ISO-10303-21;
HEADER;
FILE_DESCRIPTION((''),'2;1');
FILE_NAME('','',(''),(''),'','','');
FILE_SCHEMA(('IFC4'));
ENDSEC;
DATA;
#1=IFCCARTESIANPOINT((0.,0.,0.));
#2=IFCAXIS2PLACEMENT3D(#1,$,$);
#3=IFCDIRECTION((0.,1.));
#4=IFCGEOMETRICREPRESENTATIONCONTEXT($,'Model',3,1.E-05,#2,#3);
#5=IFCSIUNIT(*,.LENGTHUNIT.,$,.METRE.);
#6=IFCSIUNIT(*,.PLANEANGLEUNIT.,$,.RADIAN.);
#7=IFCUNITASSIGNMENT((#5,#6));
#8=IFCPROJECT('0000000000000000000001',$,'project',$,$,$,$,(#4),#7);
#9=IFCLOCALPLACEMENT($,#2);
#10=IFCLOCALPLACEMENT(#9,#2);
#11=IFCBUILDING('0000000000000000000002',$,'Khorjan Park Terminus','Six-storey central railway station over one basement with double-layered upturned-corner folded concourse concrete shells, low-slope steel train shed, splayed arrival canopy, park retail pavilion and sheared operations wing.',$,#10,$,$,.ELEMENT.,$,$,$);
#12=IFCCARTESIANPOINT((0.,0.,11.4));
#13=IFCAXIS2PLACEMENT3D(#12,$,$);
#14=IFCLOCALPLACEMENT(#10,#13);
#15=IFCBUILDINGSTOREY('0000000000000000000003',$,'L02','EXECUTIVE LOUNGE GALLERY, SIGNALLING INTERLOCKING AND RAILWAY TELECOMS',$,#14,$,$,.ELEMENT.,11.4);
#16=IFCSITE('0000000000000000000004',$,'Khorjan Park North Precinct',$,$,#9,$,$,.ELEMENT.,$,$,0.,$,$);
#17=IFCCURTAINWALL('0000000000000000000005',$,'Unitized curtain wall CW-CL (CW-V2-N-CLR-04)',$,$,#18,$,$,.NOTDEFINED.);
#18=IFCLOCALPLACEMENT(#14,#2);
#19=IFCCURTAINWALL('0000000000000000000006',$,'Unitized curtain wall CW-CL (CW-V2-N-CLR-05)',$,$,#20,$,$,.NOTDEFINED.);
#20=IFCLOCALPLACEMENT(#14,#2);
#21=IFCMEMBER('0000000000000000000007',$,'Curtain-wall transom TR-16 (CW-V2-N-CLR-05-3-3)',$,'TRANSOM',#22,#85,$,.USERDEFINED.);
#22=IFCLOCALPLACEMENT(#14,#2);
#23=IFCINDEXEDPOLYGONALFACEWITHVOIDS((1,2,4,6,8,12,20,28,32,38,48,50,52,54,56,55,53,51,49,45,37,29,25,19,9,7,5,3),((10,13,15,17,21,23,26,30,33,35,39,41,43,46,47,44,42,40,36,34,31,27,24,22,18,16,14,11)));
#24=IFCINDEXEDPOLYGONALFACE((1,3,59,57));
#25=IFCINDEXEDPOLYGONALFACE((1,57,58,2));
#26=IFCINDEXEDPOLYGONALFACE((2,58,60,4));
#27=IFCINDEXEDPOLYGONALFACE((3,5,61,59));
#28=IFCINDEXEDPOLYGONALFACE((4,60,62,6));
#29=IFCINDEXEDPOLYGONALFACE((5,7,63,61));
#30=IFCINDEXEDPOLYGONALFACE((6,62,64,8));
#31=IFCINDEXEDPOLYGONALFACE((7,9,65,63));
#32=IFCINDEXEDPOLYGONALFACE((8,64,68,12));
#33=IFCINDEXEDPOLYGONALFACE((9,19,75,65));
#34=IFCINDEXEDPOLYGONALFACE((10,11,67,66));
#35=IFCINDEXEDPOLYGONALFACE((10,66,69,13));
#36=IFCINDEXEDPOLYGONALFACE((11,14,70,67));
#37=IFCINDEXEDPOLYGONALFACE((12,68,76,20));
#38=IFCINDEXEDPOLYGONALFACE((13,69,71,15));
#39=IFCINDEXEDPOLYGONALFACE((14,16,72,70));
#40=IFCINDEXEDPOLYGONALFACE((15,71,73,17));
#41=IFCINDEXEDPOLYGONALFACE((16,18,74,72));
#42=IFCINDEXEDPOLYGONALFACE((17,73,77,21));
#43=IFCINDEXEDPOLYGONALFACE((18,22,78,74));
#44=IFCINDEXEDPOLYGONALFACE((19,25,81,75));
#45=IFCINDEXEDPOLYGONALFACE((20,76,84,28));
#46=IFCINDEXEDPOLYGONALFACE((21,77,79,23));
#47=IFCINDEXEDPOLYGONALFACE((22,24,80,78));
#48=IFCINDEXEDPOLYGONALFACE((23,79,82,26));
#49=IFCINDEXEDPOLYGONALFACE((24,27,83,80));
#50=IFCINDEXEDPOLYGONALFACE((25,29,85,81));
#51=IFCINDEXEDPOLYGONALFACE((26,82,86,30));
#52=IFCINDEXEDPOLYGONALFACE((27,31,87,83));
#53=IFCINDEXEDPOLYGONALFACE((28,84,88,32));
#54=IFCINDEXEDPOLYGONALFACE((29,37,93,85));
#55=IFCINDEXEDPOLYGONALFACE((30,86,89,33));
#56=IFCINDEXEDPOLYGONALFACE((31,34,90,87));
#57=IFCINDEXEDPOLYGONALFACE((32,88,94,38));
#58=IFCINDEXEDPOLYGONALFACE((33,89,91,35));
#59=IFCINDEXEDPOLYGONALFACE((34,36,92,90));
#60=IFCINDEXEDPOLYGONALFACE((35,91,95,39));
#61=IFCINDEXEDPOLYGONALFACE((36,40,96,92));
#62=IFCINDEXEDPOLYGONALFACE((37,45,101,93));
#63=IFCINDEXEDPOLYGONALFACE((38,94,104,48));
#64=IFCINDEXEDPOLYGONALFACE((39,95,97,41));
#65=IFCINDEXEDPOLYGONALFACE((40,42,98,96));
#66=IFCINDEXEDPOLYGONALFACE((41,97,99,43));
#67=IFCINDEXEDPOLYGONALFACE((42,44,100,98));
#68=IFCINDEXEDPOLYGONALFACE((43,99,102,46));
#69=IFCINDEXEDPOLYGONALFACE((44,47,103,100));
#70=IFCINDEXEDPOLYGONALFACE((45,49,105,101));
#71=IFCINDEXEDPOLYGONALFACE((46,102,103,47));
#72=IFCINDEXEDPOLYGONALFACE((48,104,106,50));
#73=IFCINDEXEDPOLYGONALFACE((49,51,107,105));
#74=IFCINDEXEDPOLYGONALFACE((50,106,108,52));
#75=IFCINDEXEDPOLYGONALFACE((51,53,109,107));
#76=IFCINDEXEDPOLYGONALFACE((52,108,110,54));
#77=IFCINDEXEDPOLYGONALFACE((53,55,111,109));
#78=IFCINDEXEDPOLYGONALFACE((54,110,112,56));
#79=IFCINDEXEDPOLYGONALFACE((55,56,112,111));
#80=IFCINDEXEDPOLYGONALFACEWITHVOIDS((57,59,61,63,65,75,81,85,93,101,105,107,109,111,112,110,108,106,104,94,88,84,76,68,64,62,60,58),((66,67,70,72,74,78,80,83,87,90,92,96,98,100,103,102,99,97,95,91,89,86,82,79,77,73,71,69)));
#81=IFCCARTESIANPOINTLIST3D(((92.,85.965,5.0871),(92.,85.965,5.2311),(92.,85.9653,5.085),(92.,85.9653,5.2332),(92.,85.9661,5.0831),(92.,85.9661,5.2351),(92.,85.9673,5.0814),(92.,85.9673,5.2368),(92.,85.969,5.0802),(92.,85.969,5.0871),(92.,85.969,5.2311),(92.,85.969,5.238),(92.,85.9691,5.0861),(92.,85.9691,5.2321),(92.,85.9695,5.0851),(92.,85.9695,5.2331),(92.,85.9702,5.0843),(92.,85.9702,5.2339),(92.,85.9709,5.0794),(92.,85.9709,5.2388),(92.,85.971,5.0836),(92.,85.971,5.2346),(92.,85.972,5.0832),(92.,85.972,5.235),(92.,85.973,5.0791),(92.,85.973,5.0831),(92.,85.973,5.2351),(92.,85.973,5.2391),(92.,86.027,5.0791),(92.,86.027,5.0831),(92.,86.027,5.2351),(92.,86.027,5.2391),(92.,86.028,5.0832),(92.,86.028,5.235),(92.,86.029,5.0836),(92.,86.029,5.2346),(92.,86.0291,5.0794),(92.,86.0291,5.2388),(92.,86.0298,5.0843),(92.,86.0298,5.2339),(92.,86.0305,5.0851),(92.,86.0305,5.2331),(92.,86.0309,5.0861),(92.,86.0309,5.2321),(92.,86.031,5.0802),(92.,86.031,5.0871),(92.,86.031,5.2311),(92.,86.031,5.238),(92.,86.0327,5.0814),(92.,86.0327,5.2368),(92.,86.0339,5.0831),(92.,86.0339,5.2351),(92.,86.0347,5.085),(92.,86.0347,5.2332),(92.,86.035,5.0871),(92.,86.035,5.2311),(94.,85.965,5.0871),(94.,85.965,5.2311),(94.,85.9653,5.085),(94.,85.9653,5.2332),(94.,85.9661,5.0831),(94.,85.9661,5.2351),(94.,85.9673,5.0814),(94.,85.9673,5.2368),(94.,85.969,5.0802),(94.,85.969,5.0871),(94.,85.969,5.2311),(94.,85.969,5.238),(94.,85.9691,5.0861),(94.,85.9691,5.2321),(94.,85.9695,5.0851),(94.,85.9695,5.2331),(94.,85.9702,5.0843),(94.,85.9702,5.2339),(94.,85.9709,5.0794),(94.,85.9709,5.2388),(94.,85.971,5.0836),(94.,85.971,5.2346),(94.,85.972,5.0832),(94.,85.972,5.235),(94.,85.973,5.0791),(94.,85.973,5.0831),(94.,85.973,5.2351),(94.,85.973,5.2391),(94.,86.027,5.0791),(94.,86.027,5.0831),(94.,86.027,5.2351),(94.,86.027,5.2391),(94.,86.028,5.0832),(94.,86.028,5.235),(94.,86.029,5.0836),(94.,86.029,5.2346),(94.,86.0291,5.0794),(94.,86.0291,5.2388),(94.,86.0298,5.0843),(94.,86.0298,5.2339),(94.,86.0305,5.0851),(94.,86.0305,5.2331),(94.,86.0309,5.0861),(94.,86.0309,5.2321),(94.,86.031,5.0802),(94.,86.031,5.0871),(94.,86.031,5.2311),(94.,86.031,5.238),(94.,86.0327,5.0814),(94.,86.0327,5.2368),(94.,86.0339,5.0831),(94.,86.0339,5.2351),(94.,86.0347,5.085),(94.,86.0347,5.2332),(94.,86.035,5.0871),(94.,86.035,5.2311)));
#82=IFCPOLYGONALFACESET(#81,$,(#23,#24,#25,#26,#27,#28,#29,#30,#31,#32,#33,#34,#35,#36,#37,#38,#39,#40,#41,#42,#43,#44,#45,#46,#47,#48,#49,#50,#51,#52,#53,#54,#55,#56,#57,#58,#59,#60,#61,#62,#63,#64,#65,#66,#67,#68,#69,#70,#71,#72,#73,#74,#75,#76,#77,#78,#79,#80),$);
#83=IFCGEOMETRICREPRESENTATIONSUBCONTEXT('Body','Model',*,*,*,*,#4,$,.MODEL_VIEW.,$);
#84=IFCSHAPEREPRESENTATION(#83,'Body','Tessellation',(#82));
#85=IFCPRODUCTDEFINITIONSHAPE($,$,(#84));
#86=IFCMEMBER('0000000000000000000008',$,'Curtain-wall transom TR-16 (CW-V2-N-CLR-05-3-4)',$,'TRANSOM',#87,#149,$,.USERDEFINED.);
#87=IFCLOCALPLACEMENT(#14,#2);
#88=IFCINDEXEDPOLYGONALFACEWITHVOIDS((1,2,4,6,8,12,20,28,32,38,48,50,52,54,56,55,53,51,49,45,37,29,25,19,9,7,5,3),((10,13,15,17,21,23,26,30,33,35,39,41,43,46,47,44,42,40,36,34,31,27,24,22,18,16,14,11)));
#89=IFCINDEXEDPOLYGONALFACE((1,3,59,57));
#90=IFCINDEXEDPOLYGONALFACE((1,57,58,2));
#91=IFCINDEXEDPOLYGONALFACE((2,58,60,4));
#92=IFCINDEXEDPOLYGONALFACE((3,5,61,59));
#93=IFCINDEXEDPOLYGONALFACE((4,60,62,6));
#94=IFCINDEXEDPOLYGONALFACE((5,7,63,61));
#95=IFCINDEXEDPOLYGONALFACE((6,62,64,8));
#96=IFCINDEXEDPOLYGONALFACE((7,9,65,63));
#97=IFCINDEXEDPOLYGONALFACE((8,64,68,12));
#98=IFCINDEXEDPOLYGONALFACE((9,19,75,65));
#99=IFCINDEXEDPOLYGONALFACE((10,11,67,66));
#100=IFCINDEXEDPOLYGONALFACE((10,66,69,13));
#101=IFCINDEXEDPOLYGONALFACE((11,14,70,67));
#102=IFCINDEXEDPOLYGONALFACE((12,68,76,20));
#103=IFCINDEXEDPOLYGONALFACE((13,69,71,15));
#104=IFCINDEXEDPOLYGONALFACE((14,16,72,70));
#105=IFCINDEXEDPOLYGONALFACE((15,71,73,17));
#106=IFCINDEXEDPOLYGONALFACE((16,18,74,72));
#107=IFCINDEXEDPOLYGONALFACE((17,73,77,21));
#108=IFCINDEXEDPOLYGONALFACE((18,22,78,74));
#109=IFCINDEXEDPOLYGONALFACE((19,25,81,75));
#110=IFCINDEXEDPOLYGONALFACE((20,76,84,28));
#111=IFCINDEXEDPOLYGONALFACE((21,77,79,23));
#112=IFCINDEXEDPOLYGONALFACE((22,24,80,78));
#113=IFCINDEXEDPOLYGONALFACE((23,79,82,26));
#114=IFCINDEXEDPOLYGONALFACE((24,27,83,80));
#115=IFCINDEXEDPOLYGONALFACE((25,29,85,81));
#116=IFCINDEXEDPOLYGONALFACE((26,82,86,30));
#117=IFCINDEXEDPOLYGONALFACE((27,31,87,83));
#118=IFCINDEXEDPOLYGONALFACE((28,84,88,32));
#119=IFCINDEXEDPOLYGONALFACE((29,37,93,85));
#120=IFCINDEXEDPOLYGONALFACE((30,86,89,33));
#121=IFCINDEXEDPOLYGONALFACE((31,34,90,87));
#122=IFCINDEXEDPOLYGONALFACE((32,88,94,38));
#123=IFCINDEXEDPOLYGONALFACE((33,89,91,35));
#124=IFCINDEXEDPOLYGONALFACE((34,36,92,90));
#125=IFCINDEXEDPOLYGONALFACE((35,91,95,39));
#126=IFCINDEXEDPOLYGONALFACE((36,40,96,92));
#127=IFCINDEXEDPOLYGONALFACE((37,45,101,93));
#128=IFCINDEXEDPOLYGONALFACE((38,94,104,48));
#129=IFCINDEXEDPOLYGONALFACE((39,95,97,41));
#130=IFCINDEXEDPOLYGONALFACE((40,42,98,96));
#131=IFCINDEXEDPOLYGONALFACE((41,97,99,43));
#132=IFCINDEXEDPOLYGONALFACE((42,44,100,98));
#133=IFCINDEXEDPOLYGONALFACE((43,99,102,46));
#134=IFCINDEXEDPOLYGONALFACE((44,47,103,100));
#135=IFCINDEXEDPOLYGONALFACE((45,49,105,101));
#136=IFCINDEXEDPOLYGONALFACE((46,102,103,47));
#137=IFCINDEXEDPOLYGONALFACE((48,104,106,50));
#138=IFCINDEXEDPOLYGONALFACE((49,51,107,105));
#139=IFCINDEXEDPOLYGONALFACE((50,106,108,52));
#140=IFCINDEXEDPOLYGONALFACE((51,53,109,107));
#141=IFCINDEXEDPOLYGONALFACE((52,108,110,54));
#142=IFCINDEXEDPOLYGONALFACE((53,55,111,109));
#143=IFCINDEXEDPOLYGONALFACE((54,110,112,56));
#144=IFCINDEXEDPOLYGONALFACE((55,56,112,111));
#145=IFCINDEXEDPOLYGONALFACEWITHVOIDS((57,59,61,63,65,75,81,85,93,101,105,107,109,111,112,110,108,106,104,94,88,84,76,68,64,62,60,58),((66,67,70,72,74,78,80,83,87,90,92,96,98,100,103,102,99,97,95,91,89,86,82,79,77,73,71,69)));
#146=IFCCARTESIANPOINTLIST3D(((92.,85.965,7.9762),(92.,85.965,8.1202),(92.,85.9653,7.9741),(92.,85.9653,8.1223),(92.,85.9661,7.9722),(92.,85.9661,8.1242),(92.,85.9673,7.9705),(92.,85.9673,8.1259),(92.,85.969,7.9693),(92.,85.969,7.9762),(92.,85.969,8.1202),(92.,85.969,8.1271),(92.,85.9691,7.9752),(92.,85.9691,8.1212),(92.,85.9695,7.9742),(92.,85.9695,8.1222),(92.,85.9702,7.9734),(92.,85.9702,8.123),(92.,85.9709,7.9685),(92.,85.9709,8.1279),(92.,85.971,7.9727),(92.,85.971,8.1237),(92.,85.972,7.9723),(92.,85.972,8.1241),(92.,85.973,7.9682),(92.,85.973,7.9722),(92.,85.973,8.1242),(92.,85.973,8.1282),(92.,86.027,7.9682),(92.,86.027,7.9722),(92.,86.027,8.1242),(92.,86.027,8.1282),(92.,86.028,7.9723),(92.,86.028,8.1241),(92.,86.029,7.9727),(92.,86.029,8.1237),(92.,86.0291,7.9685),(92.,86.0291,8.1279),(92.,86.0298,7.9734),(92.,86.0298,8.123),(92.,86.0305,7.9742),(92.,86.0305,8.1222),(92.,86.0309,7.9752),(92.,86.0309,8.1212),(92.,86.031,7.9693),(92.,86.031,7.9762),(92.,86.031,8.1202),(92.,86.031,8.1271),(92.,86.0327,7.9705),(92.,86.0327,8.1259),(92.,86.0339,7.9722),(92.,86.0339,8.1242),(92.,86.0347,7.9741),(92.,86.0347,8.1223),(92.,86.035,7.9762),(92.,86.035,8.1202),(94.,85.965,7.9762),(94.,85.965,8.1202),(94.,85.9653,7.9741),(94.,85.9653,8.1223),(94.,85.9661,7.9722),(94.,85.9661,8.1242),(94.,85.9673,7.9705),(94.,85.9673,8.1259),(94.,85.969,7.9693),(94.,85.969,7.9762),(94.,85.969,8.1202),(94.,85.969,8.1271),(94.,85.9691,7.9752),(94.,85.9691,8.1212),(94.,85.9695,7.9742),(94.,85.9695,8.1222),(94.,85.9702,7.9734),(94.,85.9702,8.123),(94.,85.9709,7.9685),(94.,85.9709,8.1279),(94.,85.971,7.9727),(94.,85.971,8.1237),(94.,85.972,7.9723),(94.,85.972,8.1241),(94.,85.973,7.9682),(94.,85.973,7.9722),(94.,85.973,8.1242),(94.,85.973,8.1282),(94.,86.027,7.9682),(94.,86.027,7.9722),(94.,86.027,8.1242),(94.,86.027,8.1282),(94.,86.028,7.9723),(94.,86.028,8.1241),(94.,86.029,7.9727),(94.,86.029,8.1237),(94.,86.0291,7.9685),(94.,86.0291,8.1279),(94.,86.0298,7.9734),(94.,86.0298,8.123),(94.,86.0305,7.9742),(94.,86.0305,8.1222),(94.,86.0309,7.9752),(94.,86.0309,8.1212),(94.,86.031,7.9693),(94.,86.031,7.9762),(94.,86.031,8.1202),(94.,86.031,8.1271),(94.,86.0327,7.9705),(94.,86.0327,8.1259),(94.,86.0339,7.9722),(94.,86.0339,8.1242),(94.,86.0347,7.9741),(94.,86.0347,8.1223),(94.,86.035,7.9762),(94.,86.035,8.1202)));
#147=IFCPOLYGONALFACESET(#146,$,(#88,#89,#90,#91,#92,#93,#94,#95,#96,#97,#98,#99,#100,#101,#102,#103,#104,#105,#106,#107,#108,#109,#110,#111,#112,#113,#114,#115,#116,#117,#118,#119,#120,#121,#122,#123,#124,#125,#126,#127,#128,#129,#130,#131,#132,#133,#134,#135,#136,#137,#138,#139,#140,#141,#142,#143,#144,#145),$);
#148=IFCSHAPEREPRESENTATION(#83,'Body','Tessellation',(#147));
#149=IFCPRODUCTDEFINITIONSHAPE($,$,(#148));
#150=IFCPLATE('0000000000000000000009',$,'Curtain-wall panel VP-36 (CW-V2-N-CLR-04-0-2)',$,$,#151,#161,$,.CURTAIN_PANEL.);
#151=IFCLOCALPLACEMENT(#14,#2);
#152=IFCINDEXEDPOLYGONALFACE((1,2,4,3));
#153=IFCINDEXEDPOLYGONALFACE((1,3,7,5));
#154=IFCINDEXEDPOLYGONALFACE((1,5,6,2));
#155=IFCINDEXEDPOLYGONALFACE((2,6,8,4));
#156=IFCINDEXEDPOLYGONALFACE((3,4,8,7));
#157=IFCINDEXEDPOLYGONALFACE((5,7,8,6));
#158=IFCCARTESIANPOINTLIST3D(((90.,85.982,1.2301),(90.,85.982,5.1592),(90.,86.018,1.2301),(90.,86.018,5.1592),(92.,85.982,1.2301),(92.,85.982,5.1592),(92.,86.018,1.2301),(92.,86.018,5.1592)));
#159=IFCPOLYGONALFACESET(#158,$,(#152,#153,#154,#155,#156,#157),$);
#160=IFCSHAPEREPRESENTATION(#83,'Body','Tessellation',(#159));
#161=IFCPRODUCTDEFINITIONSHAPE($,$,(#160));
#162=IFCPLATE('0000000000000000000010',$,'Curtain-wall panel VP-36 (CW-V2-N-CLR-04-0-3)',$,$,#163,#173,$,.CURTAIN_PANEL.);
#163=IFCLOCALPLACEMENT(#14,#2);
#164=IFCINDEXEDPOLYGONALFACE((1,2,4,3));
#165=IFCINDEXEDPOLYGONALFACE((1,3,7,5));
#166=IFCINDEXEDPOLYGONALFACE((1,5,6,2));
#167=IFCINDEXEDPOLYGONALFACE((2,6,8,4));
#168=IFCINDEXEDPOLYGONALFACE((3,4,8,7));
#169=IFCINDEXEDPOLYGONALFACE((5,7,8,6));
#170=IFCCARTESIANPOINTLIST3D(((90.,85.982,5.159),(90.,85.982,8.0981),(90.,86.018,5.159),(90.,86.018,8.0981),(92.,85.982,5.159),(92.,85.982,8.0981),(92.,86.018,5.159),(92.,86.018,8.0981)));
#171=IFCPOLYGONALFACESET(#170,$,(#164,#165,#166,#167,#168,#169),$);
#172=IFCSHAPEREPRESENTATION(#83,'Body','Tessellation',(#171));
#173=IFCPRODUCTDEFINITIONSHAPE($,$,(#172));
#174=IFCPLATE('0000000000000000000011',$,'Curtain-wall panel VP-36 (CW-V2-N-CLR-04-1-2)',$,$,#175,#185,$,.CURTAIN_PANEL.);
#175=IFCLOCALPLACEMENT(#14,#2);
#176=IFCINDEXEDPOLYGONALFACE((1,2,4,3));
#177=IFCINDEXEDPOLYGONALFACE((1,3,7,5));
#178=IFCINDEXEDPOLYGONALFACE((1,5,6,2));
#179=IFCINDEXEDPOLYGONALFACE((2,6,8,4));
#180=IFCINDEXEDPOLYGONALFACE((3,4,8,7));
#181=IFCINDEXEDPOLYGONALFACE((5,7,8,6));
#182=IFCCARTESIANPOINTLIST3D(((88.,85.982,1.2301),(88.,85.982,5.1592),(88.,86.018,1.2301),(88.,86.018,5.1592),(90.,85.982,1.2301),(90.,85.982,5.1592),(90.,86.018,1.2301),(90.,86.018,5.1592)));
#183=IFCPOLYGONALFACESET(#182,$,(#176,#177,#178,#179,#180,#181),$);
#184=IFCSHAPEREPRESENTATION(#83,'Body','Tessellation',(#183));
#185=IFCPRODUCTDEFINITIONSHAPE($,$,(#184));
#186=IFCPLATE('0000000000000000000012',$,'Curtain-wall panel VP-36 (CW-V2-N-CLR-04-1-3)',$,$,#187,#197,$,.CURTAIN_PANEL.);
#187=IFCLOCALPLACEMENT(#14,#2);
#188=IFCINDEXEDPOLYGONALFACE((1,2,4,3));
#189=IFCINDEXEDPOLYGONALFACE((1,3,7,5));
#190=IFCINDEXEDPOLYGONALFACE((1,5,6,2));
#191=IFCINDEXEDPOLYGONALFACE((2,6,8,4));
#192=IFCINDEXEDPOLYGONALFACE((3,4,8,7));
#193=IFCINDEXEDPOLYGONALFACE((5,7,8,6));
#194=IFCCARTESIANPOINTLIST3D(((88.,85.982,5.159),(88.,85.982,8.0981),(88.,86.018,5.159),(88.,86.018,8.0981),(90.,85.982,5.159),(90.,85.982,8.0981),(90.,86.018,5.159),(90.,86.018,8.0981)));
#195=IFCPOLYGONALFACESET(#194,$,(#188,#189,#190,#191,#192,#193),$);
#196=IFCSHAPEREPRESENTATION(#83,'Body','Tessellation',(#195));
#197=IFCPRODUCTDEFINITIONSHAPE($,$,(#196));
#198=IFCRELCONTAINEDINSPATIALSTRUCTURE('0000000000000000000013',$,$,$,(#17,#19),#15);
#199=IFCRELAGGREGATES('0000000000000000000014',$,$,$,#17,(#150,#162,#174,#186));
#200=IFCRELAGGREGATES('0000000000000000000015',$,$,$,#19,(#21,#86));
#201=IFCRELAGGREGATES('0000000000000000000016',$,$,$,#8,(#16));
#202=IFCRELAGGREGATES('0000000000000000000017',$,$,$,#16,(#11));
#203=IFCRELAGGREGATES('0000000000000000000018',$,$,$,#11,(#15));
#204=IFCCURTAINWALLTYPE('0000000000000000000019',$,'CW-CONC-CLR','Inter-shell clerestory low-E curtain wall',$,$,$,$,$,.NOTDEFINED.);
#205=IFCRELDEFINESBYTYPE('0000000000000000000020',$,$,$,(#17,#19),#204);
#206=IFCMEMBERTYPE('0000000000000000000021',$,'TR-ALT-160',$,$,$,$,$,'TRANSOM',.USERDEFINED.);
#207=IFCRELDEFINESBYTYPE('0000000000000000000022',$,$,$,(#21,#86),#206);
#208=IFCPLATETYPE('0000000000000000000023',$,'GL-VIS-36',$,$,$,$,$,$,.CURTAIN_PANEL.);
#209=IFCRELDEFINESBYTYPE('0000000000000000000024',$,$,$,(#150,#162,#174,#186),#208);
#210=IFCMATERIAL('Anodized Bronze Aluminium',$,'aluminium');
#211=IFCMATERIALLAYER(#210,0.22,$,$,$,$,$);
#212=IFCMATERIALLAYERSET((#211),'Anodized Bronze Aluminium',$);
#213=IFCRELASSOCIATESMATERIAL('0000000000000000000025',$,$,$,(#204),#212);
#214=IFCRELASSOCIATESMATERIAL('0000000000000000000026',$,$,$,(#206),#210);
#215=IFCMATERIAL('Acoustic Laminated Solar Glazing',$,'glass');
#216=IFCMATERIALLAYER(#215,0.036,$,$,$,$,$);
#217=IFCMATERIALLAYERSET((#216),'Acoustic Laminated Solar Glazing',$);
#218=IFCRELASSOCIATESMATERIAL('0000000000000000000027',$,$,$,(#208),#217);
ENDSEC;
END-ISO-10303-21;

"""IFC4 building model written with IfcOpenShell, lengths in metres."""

from ifc_helpers import new_model, si_unit, direction, frame, origin, origin_2d, place, context, subcontext, project, spatial, rectangle, hollow_rectangle, extrude, material, layer, layer_set, material_profile, profile_set, type_object, element, aggregate, save


model = new_model("IFC4")

# Units and contexts
model_context = context("Model", 3, precision=1e-05, world=origin(), true_north=direction((0.0, 1.0)))
body_context = subcontext(model_context, "Body", "Model", "MODEL_VIEW")
ifc_project = project(units=[si_unit("LENGTHUNIT", "METRE"), si_unit("PLANEANGLEUNIT", "RADIAN")], contexts=[model_context])

# Site, building, storey
site_placement = place(None, origin())
site = spatial("IfcSite", under=ifc_project, at=site_placement, Name="Khorjan Park North Precinct", CompositionType="ELEMENT", RefElevation=0.0)
building_placement = place(site_placement, origin())
building = spatial("IfcBuilding", under=site, at=building_placement, Name="Khorjan Park Terminus", Description="Six-storey central railway station over one basement with double-layered upturned-corner folded concourse concrete shells, low-slope steel train shed, splayed arrival canopy, park retail pavilion and sheared operations wing.", CompositionType="ELEMENT")
storey_placement = place(building_placement, frame((0.0, 0.0, 11.4)))
storey = spatial("IfcBuildingStorey", under=building, at=storey_placement, Name="L02", Description="EXECUTIVE LOUNGE GALLERY, SIGNALLING INTERLOCKING AND RAILWAY TELECOMS", CompositionType="ELEMENT", Elevation=11.4)

# Curtain walls
ifc_material_1 = material(Name="Anodized Bronze Aluminium", Category="aluminium")
ifc_layer_1 = layer(ifc_material_1, 0.22)
ifc_layer_set_1 = layer_set([ifc_layer_1], Name="Anodized Bronze Aluminium")
curtain_wall_type = type_object("IfcCurtainWallType", Name="CW-CONC-CLR", Description="Inter-shell clerestory low-E curtain wall", PredefinedType="NOTDEFINED", material=ifc_layer_set_1)
curtain_wall_1_placement = place(storey_placement, origin())
curtain_wall_1 = element("IfcCurtainWall", 1, at=curtain_wall_1_placement, inside=storey, type_object=curtain_wall_type, Name="Unitized curtain wall CW-CL (CW-V2-N-CLR-04)", PredefinedType="NOTDEFINED")
curtain_wall_2_placement = place(storey_placement, origin())
curtain_wall_2 = element("IfcCurtainWall", 2, at=curtain_wall_2_placement, inside=storey, type_object=curtain_wall_type, Name="Unitized curtain wall CW-CL (CW-V2-N-CLR-05)", PredefinedType="NOTDEFINED")

# Members
ifc_material_profile_1 = material_profile(ifc_material_1, hollow_rectangle(XDim=0.07, YDim=0.16, WallThickness=0.004, InnerFilletRadius=0.004, OuterFilletRadius=0.008, at=origin_2d()), Name="ALT 70x160x4")
ifc_profile_set_1 = profile_set([ifc_material_profile_1], Name="Anodized Bronze Aluminium")
member_type_1 = type_object("IfcMemberType", Name="TR-ALT-160", ElementType="TRANSOM", PredefinedType="USERDEFINED", material=ifc_profile_set_1)
member_1_placement = place(storey_placement, frame((94.0, 86.0, 5.1591), z_axis=(-1.0, 0.0, 0.0), x_axis=(0.0, -1.0, 0.0)))
member_1 = element("IfcMember", 3, at=member_1_placement, type_object=member_type_1, Name="Curtain-wall transom TR-16 (CW-V2-N-CLR-05-3-3)", ObjectType="TRANSOM", PredefinedType="USERDEFINED", context=body_context, shape_type="SweptSolid", body=[
    extrude(hollow_rectangle(XDim=0.07, YDim=0.16, WallThickness=0.004, InnerFilletRadius=0.004, OuterFilletRadius=0.008, at=origin_2d()), origin(), (0.0, 0.0, 1.0), 2.0),
])
member_2_placement = place(storey_placement, frame((94.0, 86.0, 8.0482), z_axis=(-1.0, 0.0, 0.0), x_axis=(0.0, -1.0, 0.0)))
member_2 = element("IfcMember", 4, at=member_2_placement, type_object=member_type_1, Name="Curtain-wall transom TR-16 (CW-V2-N-CLR-05-3-4)", ObjectType="TRANSOM", PredefinedType="USERDEFINED", context=body_context, shape_type="SweptSolid", body=[
    extrude(hollow_rectangle(XDim=0.07, YDim=0.16, WallThickness=0.004, InnerFilletRadius=0.004, OuterFilletRadius=0.008, at=origin_2d()), origin(), (0.0, 0.0, 1.0), 2.0),
])

# Plates
ifc_material_2 = material(Name="Acoustic Laminated Solar Glazing", Category="glass")
ifc_layer_2 = layer(ifc_material_2, 0.036)
ifc_layer_set_2 = layer_set([ifc_layer_2], Name="Acoustic Laminated Solar Glazing")
plate_type_1 = type_object("IfcPlateType", Name="GL-VIS-36", PredefinedType="CURTAIN_PANEL", material=ifc_layer_set_2)
plate_1_placement = place(storey_placement, frame((91.0, 86.0, 1.2301), z_axis=(0.0, 0.0, 1.0), x_axis=(-1.0, 0.0, 0.0)))
plate_1 = element("IfcPlate", 5, at=plate_1_placement, type_object=plate_type_1, Name="Curtain-wall panel VP-36 (CW-V2-N-CLR-04-0-2)", PredefinedType="CURTAIN_PANEL", context=body_context, shape_type="SweptSolid", body=[
    extrude(rectangle(XDim=2.0, YDim=0.036, at=origin_2d()), origin(), (0.0, 0.0, 1.0), 3.9291),
])
plate_2_placement = place(storey_placement, frame((91.0, 86.0, 5.159), z_axis=(0.0, 0.0, 1.0), x_axis=(-1.0, 0.0, 0.0)))
plate_2 = element("IfcPlate", 6, at=plate_2_placement, type_object=plate_type_1, Name="Curtain-wall panel VP-36 (CW-V2-N-CLR-04-0-3)", PredefinedType="CURTAIN_PANEL", context=body_context, shape_type="SweptSolid", body=[
    extrude(rectangle(XDim=2.0, YDim=0.036, at=origin_2d()), origin(), (0.0, 0.0, 1.0), 2.9391),
])
plate_3_placement = place(storey_placement, frame((89.0, 86.0, 1.2301), z_axis=(0.0, 0.0, 1.0), x_axis=(-1.0, 0.0, 0.0)))
plate_3 = element("IfcPlate", 7, at=plate_3_placement, type_object=plate_type_1, Name="Curtain-wall panel VP-36 (CW-V2-N-CLR-04-1-2)", PredefinedType="CURTAIN_PANEL", context=body_context, shape_type="SweptSolid", body=[
    extrude(rectangle(XDim=2.0, YDim=0.036, at=origin_2d()), origin(), (0.0, 0.0, 1.0), 3.9291),
])
plate_4_placement = place(storey_placement, frame((89.0, 86.0, 5.159), z_axis=(0.0, 0.0, 1.0), x_axis=(-1.0, 0.0, 0.0)))
plate_4 = element("IfcPlate", 8, at=plate_4_placement, type_object=plate_type_1, Name="Curtain-wall panel VP-36 (CW-V2-N-CLR-04-1-3)", PredefinedType="CURTAIN_PANEL", context=body_context, shape_type="SweptSolid", body=[
    extrude(rectangle(XDim=2.0, YDim=0.036, at=origin_2d()), origin(), (0.0, 0.0, 1.0), 2.9391),
])

aggregate(curtain_wall_1, [plate_1, plate_2, plate_3, plate_4])
aggregate(curtain_wall_2, [member_1, member_2])

save(model, "model.ifc")
